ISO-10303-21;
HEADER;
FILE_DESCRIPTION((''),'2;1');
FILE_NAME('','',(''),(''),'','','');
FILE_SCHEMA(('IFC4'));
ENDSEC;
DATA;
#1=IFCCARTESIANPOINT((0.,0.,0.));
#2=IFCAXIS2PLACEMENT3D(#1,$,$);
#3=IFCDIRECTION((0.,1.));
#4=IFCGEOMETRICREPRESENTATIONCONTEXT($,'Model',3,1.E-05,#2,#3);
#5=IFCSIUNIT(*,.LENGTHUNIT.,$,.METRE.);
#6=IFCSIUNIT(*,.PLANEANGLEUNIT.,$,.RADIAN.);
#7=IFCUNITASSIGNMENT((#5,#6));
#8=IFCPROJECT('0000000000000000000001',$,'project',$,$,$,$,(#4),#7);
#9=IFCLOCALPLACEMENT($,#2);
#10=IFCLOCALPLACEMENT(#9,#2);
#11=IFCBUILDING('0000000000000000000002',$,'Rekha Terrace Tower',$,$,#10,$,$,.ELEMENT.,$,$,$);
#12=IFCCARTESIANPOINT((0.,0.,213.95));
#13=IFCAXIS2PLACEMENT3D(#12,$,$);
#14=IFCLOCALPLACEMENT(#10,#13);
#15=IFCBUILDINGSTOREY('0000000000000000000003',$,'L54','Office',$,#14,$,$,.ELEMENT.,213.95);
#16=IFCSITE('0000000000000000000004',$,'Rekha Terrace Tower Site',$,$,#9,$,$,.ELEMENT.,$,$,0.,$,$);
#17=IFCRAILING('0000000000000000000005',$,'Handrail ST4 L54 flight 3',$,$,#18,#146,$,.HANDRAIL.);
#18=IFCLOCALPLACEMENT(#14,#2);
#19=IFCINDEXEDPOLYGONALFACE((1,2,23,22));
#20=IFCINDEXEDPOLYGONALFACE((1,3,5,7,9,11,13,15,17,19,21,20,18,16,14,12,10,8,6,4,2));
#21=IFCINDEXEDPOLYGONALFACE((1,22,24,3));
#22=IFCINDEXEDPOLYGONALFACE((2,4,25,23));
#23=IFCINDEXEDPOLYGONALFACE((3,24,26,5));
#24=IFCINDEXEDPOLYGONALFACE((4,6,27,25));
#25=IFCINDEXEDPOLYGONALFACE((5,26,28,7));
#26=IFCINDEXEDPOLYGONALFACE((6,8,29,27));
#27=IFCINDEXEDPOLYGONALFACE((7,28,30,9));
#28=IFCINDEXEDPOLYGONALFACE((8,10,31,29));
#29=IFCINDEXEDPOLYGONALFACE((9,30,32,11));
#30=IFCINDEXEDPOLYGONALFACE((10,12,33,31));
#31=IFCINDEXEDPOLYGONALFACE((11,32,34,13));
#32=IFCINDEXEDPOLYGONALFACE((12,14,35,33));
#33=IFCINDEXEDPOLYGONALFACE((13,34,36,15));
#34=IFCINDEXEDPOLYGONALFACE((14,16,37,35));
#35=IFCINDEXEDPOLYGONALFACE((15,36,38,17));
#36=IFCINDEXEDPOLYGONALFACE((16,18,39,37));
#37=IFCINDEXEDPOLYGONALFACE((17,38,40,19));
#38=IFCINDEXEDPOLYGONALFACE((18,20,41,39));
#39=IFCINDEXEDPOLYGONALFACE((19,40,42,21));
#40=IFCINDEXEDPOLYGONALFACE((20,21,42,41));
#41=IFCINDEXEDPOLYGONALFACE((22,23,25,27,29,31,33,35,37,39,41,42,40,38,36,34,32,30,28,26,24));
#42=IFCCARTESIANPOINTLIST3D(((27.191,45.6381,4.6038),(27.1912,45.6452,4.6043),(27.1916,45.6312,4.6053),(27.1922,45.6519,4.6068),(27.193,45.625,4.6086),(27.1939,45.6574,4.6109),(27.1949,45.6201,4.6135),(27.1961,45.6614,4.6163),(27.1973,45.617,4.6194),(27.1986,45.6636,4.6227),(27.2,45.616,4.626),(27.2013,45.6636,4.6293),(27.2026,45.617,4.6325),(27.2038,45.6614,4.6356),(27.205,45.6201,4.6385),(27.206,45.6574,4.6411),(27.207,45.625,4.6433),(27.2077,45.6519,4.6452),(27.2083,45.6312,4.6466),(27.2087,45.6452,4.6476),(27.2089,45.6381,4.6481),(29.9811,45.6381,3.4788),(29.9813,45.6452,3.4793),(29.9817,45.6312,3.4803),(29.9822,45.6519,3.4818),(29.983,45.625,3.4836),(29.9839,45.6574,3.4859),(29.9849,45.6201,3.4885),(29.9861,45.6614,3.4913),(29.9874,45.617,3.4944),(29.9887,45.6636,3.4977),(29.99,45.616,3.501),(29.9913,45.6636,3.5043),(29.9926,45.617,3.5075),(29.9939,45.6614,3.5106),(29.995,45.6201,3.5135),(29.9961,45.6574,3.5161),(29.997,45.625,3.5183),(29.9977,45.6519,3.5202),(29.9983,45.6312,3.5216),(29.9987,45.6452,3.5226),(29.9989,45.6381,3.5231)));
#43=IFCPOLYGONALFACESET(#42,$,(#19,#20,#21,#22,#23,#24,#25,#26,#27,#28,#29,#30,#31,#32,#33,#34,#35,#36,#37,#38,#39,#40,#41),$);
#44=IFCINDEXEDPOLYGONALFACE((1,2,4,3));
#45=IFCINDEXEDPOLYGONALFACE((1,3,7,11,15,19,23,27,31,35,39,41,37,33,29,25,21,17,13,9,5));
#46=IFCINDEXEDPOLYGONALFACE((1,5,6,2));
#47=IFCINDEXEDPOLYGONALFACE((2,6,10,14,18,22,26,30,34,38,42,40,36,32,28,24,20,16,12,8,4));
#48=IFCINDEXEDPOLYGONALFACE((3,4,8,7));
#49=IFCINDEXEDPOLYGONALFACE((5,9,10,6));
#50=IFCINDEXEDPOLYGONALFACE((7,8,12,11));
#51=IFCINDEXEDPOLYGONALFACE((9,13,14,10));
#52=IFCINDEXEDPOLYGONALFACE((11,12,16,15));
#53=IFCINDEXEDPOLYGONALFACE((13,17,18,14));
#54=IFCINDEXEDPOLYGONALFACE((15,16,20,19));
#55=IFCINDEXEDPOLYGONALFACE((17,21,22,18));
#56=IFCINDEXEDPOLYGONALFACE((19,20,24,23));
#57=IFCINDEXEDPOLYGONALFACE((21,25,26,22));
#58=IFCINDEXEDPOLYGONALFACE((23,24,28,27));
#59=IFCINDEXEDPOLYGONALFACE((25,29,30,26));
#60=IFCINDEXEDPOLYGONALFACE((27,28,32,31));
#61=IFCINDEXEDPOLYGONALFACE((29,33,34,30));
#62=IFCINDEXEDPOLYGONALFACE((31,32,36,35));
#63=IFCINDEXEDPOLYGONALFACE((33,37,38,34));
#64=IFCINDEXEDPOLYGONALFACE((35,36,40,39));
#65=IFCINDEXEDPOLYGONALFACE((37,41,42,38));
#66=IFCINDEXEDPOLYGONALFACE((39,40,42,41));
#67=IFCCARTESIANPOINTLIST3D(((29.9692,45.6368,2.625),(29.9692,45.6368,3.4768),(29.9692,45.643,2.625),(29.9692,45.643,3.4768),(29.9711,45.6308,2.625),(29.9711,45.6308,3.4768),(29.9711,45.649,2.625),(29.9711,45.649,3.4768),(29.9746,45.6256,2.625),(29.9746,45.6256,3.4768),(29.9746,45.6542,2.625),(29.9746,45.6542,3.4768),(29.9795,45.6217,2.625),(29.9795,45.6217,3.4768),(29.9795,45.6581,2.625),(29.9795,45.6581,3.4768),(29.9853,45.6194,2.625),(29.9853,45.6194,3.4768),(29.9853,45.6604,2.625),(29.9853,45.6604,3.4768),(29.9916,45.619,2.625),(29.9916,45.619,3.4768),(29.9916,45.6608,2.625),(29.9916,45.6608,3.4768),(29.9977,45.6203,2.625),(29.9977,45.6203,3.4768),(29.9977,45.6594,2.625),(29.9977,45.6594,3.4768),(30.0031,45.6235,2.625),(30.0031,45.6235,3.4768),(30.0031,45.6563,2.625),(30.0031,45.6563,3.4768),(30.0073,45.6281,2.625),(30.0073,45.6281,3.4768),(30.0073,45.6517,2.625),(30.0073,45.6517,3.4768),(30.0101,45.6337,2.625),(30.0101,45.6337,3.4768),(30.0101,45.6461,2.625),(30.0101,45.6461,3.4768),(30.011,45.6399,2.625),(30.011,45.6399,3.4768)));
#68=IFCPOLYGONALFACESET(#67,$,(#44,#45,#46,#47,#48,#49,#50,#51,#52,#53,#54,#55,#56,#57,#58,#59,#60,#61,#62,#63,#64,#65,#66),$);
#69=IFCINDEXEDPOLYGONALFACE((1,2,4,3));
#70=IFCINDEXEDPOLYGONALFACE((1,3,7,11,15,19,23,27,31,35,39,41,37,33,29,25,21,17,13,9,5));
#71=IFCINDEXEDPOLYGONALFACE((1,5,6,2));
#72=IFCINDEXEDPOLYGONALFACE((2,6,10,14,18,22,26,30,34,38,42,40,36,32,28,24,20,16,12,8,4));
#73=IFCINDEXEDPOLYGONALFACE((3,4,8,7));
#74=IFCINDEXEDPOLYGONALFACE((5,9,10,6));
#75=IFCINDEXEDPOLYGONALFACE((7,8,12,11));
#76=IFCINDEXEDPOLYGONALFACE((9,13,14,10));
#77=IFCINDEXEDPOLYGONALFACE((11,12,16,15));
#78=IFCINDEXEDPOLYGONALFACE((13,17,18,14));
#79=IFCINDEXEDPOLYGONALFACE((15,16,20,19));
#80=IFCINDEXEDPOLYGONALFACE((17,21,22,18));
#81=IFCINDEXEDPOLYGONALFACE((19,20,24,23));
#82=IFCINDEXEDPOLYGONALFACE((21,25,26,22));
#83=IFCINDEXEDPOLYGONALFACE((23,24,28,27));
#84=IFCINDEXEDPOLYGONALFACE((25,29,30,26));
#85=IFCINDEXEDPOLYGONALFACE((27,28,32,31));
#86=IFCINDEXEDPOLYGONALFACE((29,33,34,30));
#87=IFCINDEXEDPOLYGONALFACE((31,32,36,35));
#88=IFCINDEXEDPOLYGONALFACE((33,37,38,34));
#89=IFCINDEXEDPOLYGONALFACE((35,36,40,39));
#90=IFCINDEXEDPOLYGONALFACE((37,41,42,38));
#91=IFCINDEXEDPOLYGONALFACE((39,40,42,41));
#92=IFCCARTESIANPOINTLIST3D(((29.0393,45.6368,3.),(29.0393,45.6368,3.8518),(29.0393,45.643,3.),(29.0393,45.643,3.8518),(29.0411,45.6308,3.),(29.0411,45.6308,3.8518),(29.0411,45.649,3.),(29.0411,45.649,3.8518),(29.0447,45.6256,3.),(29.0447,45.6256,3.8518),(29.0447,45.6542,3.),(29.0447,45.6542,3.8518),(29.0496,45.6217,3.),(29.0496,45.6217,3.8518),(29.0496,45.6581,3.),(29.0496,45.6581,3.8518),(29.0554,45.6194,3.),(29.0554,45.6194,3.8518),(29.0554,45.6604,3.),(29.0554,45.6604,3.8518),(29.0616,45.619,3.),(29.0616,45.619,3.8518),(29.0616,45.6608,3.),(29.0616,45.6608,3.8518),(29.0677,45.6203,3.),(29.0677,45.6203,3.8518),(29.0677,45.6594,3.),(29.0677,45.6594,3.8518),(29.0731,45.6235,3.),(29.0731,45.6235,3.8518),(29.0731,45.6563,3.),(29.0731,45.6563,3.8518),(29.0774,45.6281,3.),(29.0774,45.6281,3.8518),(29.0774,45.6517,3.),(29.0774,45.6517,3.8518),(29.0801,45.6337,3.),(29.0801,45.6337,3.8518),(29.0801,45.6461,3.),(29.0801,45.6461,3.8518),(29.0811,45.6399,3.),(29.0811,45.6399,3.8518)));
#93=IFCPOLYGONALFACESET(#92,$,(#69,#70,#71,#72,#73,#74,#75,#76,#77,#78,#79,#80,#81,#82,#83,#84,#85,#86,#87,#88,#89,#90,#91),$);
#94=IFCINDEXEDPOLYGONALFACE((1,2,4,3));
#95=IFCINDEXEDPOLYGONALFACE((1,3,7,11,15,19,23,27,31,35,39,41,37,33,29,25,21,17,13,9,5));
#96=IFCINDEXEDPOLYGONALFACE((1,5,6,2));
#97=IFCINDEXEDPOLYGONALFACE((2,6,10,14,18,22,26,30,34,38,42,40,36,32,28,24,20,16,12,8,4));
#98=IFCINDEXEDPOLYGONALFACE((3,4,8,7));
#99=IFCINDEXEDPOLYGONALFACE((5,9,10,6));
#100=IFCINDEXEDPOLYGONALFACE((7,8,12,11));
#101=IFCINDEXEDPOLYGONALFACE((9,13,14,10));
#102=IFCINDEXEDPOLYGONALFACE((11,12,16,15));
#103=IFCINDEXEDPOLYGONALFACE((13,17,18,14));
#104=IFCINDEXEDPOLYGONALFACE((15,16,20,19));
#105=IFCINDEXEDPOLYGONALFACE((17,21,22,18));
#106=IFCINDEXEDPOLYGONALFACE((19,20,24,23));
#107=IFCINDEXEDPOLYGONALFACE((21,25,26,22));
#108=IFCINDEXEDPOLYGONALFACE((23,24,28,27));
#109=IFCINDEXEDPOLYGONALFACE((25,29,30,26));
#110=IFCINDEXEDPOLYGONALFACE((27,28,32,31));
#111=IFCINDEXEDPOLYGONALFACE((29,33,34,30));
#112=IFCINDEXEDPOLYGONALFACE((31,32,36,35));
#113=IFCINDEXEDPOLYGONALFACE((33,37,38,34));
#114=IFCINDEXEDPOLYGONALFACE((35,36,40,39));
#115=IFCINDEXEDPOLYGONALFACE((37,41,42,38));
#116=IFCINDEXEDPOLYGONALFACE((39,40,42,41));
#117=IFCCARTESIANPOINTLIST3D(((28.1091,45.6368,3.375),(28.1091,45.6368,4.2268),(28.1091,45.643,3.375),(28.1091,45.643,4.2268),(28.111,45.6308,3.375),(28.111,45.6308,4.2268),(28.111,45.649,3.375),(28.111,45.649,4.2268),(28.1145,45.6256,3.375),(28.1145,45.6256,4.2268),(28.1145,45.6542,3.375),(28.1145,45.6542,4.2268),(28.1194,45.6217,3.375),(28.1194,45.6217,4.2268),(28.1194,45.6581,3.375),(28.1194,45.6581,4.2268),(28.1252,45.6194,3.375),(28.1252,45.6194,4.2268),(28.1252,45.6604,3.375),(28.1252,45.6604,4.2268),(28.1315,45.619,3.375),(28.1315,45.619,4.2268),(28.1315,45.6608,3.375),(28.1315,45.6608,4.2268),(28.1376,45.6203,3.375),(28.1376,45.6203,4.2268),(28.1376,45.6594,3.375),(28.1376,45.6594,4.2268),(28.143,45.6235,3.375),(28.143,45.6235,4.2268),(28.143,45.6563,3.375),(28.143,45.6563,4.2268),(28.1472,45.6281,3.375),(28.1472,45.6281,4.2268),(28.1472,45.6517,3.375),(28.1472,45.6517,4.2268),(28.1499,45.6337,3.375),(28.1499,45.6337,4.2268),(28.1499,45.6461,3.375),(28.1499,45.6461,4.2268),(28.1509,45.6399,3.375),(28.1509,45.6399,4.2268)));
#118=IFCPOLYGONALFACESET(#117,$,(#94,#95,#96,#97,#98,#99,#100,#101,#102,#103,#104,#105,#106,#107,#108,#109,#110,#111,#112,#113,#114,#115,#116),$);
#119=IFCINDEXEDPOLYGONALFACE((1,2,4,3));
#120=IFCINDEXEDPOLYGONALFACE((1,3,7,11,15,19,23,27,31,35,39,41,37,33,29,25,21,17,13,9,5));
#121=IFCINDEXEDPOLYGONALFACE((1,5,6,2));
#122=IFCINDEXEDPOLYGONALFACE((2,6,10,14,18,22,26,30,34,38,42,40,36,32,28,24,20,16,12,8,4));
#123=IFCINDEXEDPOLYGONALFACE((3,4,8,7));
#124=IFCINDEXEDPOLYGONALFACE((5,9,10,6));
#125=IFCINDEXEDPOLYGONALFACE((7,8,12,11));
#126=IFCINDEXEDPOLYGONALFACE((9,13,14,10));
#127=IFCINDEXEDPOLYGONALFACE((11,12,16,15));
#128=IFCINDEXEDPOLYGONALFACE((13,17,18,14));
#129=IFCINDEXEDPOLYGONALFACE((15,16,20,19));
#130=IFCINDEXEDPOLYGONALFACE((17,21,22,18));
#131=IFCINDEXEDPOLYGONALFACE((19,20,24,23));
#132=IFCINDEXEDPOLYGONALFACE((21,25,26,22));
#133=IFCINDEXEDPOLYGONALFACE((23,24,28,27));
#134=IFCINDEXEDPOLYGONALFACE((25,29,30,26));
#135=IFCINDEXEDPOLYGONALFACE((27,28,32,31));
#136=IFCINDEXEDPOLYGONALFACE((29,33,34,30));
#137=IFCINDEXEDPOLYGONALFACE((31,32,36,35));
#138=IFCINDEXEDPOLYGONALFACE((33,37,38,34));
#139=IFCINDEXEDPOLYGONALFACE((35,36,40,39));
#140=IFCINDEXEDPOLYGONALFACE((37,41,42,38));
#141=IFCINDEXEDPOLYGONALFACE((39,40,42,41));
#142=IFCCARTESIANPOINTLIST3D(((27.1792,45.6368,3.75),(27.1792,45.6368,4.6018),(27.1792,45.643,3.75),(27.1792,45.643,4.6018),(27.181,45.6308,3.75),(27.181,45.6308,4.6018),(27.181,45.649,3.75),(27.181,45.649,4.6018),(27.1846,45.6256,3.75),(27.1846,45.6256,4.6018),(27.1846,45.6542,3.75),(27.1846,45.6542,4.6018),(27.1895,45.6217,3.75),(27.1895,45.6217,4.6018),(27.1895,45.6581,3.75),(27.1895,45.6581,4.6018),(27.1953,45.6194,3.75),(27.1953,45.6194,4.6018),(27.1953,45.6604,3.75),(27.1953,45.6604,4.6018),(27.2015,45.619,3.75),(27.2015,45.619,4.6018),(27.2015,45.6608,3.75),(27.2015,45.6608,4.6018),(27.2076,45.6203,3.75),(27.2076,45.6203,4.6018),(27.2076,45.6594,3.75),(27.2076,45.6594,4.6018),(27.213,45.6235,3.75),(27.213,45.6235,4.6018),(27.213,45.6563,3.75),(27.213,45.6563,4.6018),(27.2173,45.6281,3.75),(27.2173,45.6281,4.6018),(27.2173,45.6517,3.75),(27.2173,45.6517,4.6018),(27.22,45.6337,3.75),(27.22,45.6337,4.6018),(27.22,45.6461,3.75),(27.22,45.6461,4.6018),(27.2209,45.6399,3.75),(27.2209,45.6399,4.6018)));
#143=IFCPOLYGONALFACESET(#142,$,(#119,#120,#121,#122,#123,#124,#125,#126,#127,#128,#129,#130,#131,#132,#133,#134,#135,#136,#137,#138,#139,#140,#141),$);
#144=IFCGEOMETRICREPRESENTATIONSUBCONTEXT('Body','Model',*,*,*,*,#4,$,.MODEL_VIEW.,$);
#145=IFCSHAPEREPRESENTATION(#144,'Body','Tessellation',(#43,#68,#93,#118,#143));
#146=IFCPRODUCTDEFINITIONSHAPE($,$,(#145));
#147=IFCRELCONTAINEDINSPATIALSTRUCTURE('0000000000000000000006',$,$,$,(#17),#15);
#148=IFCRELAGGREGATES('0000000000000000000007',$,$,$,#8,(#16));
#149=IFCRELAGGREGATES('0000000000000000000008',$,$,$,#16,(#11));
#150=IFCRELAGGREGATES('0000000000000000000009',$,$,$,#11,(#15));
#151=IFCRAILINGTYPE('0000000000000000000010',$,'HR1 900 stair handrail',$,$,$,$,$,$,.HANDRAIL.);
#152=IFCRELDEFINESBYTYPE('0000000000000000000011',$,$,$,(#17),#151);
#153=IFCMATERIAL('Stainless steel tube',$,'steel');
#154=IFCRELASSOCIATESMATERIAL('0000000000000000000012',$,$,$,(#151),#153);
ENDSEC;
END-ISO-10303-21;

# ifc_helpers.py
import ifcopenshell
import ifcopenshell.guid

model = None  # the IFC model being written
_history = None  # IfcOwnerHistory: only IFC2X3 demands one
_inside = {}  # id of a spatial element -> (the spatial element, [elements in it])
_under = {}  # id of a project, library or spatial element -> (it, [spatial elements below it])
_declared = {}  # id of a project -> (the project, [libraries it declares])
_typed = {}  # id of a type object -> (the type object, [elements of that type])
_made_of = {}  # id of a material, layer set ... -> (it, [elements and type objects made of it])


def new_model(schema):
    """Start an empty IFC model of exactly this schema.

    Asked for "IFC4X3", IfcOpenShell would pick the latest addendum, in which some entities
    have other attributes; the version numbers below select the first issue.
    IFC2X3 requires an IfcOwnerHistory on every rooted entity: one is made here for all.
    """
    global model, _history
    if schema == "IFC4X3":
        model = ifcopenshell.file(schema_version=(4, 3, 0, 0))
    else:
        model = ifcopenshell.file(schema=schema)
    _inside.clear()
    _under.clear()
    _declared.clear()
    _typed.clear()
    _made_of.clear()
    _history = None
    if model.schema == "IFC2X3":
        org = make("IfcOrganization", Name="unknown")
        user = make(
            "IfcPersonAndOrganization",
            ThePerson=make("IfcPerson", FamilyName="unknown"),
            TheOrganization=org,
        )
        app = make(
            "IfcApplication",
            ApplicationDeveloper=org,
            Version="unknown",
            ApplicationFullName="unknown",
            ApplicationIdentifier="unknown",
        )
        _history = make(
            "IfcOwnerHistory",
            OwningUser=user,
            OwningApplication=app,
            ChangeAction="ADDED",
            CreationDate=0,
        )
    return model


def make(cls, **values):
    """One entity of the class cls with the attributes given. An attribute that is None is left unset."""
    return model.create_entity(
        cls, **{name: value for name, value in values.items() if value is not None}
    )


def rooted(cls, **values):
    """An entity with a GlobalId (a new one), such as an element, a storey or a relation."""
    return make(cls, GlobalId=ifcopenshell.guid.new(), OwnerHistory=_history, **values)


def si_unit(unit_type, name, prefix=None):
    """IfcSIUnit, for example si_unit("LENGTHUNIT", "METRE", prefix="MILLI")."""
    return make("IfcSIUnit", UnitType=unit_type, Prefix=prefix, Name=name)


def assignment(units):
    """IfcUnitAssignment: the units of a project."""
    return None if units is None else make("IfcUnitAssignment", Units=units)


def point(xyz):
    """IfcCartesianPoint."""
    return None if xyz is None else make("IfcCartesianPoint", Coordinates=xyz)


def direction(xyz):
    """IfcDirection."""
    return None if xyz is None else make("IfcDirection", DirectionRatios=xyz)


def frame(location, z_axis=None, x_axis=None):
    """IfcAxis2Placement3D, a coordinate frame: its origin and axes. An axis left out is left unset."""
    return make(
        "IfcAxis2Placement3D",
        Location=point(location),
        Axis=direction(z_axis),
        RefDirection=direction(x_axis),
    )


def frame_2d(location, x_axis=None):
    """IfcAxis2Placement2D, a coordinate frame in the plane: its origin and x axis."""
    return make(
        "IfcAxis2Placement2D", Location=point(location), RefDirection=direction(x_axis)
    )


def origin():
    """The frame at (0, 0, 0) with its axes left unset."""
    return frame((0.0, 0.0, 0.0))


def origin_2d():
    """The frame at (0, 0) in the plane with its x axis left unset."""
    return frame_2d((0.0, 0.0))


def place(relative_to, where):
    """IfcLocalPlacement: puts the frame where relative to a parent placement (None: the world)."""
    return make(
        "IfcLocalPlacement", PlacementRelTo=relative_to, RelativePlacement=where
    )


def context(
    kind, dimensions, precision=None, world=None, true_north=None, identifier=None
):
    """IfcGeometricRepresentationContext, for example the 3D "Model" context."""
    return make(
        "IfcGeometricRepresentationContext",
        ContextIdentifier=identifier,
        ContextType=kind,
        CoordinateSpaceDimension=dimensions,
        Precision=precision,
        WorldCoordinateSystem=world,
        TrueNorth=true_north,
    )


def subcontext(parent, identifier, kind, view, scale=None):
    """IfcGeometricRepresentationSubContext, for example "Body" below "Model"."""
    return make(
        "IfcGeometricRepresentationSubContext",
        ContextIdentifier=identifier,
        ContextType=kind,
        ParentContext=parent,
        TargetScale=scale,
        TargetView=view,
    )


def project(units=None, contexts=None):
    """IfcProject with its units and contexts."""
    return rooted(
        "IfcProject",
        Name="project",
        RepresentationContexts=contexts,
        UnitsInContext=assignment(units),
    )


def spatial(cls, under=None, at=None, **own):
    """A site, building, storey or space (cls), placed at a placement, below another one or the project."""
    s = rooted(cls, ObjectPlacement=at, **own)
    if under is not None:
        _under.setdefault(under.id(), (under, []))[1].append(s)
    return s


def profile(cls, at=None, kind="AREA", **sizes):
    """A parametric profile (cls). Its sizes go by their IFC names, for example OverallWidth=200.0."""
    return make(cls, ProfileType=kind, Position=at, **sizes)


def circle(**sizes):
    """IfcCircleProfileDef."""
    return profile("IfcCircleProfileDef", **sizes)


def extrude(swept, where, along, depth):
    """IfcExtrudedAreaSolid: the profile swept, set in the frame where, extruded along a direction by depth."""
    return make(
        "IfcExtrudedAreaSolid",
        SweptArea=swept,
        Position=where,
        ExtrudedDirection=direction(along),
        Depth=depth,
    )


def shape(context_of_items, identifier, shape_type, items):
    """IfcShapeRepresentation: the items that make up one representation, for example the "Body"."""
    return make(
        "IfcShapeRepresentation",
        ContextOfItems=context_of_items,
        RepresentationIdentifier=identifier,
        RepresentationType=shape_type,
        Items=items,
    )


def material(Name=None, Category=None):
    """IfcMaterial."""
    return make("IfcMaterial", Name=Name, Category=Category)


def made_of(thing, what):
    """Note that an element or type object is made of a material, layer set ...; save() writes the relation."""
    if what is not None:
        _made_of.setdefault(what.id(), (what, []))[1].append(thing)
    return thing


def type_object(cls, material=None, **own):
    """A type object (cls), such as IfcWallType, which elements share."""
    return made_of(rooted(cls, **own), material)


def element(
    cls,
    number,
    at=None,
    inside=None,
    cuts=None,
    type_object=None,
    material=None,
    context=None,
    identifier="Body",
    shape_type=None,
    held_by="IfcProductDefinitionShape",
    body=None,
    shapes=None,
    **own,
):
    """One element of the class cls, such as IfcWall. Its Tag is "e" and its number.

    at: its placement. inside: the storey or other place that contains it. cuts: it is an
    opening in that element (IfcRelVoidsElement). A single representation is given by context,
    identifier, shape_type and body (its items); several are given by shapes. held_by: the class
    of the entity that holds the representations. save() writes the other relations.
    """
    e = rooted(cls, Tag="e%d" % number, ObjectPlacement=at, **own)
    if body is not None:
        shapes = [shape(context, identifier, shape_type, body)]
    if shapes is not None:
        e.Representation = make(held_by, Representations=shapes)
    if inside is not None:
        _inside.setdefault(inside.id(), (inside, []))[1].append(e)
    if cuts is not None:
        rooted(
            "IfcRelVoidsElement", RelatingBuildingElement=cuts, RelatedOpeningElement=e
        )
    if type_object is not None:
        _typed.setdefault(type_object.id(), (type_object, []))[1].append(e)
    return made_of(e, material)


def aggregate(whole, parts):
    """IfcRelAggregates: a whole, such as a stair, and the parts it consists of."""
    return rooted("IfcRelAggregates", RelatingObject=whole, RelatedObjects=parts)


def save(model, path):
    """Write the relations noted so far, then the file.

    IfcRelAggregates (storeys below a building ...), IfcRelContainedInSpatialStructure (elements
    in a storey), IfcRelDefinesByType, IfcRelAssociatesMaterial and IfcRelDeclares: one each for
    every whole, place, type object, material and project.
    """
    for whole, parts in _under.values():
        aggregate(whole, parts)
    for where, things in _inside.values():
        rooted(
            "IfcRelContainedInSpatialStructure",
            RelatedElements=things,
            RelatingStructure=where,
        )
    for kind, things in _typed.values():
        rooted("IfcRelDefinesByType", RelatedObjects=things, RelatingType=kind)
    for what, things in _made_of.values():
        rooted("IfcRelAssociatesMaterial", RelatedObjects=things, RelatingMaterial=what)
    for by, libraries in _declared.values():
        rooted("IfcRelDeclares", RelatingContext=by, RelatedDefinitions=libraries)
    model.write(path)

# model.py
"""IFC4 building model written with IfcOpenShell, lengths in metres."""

from ifc_helpers import new_model, si_unit, direction, frame, origin, origin_2d, place, context, subcontext, project, spatial, circle, extrude, material, type_object, element, save


model = new_model("IFC4")

# Units and contexts
model_context = context("Model", 3, precision=1e-05, world=origin(), true_north=direction((0.0, 1.0)))
body_context = subcontext(model_context, "Body", "Model", "MODEL_VIEW")
ifc_project = project(units=[si_unit("LENGTHUNIT", "METRE"), si_unit("PLANEANGLEUNIT", "RADIAN")], contexts=[model_context])

# Site, building, storey
site_placement = place(None, origin())
site = spatial("IfcSite", under=ifc_project, at=site_placement, Name="Rekha Terrace Tower Site", CompositionType="ELEMENT", RefElevation=0.0)
building_placement = place(site_placement, origin())
building = spatial("IfcBuilding", under=site, at=building_placement, Name="Rekha Terrace Tower", CompositionType="ELEMENT")
storey_placement = place(building_placement, frame((0.0, 0.0, 213.95)))
storey = spatial("IfcBuildingStorey", under=building, at=storey_placement, Name="L54", Description="Office", CompositionType="ELEMENT", Elevation=213.95)

# Railing
ifc_material_1 = material(Name="Stainless steel tube", Category="steel")
railing_type_1 = type_object("IfcRailingType", Name="HR1 900 stair handrail", PredefinedType="HANDRAIL", material=ifc_material_1)
railing_1_placement = place(storey_placement, frame((29.99, 45.6399, 2.625)))
element("IfcRailing", 1, at=railing_1_placement, inside=storey, type_object=railing_type_1, Name="Handrail ST4 L54 flight 3", PredefinedType="HANDRAIL", context=body_context, shape_type="SweptSolid", body=[
    extrude(circle(Radius=0.0239, at=origin_2d()), frame((0.0, 0.0, 0.876), z_axis=(-0.927443, 0.0, 0.373964), x_axis=(0.0, -1.0, 0.0)), (0.0, 0.0, 1.0), 3.0083),
    extrude(circle(Radius=0.021, at=origin_2d()), origin(), (0.0, 0.0, 1.0), 0.8518),
    extrude(circle(Radius=0.021, at=origin_2d()), frame((-0.9299, 0.0, 0.375)), (0.0, 0.0, 1.0), 0.8518),
    extrude(circle(Radius=0.021, at=origin_2d()), frame((-1.8601, 0.0, 0.75)), (0.0, 0.0, 1.0), 0.8518),
    extrude(circle(Radius=0.021, at=origin_2d()), frame((-2.79, 0.0, 1.125)), (0.0, 0.0, 1.0), 0.8518),
])

save(model, "model.ifc")
